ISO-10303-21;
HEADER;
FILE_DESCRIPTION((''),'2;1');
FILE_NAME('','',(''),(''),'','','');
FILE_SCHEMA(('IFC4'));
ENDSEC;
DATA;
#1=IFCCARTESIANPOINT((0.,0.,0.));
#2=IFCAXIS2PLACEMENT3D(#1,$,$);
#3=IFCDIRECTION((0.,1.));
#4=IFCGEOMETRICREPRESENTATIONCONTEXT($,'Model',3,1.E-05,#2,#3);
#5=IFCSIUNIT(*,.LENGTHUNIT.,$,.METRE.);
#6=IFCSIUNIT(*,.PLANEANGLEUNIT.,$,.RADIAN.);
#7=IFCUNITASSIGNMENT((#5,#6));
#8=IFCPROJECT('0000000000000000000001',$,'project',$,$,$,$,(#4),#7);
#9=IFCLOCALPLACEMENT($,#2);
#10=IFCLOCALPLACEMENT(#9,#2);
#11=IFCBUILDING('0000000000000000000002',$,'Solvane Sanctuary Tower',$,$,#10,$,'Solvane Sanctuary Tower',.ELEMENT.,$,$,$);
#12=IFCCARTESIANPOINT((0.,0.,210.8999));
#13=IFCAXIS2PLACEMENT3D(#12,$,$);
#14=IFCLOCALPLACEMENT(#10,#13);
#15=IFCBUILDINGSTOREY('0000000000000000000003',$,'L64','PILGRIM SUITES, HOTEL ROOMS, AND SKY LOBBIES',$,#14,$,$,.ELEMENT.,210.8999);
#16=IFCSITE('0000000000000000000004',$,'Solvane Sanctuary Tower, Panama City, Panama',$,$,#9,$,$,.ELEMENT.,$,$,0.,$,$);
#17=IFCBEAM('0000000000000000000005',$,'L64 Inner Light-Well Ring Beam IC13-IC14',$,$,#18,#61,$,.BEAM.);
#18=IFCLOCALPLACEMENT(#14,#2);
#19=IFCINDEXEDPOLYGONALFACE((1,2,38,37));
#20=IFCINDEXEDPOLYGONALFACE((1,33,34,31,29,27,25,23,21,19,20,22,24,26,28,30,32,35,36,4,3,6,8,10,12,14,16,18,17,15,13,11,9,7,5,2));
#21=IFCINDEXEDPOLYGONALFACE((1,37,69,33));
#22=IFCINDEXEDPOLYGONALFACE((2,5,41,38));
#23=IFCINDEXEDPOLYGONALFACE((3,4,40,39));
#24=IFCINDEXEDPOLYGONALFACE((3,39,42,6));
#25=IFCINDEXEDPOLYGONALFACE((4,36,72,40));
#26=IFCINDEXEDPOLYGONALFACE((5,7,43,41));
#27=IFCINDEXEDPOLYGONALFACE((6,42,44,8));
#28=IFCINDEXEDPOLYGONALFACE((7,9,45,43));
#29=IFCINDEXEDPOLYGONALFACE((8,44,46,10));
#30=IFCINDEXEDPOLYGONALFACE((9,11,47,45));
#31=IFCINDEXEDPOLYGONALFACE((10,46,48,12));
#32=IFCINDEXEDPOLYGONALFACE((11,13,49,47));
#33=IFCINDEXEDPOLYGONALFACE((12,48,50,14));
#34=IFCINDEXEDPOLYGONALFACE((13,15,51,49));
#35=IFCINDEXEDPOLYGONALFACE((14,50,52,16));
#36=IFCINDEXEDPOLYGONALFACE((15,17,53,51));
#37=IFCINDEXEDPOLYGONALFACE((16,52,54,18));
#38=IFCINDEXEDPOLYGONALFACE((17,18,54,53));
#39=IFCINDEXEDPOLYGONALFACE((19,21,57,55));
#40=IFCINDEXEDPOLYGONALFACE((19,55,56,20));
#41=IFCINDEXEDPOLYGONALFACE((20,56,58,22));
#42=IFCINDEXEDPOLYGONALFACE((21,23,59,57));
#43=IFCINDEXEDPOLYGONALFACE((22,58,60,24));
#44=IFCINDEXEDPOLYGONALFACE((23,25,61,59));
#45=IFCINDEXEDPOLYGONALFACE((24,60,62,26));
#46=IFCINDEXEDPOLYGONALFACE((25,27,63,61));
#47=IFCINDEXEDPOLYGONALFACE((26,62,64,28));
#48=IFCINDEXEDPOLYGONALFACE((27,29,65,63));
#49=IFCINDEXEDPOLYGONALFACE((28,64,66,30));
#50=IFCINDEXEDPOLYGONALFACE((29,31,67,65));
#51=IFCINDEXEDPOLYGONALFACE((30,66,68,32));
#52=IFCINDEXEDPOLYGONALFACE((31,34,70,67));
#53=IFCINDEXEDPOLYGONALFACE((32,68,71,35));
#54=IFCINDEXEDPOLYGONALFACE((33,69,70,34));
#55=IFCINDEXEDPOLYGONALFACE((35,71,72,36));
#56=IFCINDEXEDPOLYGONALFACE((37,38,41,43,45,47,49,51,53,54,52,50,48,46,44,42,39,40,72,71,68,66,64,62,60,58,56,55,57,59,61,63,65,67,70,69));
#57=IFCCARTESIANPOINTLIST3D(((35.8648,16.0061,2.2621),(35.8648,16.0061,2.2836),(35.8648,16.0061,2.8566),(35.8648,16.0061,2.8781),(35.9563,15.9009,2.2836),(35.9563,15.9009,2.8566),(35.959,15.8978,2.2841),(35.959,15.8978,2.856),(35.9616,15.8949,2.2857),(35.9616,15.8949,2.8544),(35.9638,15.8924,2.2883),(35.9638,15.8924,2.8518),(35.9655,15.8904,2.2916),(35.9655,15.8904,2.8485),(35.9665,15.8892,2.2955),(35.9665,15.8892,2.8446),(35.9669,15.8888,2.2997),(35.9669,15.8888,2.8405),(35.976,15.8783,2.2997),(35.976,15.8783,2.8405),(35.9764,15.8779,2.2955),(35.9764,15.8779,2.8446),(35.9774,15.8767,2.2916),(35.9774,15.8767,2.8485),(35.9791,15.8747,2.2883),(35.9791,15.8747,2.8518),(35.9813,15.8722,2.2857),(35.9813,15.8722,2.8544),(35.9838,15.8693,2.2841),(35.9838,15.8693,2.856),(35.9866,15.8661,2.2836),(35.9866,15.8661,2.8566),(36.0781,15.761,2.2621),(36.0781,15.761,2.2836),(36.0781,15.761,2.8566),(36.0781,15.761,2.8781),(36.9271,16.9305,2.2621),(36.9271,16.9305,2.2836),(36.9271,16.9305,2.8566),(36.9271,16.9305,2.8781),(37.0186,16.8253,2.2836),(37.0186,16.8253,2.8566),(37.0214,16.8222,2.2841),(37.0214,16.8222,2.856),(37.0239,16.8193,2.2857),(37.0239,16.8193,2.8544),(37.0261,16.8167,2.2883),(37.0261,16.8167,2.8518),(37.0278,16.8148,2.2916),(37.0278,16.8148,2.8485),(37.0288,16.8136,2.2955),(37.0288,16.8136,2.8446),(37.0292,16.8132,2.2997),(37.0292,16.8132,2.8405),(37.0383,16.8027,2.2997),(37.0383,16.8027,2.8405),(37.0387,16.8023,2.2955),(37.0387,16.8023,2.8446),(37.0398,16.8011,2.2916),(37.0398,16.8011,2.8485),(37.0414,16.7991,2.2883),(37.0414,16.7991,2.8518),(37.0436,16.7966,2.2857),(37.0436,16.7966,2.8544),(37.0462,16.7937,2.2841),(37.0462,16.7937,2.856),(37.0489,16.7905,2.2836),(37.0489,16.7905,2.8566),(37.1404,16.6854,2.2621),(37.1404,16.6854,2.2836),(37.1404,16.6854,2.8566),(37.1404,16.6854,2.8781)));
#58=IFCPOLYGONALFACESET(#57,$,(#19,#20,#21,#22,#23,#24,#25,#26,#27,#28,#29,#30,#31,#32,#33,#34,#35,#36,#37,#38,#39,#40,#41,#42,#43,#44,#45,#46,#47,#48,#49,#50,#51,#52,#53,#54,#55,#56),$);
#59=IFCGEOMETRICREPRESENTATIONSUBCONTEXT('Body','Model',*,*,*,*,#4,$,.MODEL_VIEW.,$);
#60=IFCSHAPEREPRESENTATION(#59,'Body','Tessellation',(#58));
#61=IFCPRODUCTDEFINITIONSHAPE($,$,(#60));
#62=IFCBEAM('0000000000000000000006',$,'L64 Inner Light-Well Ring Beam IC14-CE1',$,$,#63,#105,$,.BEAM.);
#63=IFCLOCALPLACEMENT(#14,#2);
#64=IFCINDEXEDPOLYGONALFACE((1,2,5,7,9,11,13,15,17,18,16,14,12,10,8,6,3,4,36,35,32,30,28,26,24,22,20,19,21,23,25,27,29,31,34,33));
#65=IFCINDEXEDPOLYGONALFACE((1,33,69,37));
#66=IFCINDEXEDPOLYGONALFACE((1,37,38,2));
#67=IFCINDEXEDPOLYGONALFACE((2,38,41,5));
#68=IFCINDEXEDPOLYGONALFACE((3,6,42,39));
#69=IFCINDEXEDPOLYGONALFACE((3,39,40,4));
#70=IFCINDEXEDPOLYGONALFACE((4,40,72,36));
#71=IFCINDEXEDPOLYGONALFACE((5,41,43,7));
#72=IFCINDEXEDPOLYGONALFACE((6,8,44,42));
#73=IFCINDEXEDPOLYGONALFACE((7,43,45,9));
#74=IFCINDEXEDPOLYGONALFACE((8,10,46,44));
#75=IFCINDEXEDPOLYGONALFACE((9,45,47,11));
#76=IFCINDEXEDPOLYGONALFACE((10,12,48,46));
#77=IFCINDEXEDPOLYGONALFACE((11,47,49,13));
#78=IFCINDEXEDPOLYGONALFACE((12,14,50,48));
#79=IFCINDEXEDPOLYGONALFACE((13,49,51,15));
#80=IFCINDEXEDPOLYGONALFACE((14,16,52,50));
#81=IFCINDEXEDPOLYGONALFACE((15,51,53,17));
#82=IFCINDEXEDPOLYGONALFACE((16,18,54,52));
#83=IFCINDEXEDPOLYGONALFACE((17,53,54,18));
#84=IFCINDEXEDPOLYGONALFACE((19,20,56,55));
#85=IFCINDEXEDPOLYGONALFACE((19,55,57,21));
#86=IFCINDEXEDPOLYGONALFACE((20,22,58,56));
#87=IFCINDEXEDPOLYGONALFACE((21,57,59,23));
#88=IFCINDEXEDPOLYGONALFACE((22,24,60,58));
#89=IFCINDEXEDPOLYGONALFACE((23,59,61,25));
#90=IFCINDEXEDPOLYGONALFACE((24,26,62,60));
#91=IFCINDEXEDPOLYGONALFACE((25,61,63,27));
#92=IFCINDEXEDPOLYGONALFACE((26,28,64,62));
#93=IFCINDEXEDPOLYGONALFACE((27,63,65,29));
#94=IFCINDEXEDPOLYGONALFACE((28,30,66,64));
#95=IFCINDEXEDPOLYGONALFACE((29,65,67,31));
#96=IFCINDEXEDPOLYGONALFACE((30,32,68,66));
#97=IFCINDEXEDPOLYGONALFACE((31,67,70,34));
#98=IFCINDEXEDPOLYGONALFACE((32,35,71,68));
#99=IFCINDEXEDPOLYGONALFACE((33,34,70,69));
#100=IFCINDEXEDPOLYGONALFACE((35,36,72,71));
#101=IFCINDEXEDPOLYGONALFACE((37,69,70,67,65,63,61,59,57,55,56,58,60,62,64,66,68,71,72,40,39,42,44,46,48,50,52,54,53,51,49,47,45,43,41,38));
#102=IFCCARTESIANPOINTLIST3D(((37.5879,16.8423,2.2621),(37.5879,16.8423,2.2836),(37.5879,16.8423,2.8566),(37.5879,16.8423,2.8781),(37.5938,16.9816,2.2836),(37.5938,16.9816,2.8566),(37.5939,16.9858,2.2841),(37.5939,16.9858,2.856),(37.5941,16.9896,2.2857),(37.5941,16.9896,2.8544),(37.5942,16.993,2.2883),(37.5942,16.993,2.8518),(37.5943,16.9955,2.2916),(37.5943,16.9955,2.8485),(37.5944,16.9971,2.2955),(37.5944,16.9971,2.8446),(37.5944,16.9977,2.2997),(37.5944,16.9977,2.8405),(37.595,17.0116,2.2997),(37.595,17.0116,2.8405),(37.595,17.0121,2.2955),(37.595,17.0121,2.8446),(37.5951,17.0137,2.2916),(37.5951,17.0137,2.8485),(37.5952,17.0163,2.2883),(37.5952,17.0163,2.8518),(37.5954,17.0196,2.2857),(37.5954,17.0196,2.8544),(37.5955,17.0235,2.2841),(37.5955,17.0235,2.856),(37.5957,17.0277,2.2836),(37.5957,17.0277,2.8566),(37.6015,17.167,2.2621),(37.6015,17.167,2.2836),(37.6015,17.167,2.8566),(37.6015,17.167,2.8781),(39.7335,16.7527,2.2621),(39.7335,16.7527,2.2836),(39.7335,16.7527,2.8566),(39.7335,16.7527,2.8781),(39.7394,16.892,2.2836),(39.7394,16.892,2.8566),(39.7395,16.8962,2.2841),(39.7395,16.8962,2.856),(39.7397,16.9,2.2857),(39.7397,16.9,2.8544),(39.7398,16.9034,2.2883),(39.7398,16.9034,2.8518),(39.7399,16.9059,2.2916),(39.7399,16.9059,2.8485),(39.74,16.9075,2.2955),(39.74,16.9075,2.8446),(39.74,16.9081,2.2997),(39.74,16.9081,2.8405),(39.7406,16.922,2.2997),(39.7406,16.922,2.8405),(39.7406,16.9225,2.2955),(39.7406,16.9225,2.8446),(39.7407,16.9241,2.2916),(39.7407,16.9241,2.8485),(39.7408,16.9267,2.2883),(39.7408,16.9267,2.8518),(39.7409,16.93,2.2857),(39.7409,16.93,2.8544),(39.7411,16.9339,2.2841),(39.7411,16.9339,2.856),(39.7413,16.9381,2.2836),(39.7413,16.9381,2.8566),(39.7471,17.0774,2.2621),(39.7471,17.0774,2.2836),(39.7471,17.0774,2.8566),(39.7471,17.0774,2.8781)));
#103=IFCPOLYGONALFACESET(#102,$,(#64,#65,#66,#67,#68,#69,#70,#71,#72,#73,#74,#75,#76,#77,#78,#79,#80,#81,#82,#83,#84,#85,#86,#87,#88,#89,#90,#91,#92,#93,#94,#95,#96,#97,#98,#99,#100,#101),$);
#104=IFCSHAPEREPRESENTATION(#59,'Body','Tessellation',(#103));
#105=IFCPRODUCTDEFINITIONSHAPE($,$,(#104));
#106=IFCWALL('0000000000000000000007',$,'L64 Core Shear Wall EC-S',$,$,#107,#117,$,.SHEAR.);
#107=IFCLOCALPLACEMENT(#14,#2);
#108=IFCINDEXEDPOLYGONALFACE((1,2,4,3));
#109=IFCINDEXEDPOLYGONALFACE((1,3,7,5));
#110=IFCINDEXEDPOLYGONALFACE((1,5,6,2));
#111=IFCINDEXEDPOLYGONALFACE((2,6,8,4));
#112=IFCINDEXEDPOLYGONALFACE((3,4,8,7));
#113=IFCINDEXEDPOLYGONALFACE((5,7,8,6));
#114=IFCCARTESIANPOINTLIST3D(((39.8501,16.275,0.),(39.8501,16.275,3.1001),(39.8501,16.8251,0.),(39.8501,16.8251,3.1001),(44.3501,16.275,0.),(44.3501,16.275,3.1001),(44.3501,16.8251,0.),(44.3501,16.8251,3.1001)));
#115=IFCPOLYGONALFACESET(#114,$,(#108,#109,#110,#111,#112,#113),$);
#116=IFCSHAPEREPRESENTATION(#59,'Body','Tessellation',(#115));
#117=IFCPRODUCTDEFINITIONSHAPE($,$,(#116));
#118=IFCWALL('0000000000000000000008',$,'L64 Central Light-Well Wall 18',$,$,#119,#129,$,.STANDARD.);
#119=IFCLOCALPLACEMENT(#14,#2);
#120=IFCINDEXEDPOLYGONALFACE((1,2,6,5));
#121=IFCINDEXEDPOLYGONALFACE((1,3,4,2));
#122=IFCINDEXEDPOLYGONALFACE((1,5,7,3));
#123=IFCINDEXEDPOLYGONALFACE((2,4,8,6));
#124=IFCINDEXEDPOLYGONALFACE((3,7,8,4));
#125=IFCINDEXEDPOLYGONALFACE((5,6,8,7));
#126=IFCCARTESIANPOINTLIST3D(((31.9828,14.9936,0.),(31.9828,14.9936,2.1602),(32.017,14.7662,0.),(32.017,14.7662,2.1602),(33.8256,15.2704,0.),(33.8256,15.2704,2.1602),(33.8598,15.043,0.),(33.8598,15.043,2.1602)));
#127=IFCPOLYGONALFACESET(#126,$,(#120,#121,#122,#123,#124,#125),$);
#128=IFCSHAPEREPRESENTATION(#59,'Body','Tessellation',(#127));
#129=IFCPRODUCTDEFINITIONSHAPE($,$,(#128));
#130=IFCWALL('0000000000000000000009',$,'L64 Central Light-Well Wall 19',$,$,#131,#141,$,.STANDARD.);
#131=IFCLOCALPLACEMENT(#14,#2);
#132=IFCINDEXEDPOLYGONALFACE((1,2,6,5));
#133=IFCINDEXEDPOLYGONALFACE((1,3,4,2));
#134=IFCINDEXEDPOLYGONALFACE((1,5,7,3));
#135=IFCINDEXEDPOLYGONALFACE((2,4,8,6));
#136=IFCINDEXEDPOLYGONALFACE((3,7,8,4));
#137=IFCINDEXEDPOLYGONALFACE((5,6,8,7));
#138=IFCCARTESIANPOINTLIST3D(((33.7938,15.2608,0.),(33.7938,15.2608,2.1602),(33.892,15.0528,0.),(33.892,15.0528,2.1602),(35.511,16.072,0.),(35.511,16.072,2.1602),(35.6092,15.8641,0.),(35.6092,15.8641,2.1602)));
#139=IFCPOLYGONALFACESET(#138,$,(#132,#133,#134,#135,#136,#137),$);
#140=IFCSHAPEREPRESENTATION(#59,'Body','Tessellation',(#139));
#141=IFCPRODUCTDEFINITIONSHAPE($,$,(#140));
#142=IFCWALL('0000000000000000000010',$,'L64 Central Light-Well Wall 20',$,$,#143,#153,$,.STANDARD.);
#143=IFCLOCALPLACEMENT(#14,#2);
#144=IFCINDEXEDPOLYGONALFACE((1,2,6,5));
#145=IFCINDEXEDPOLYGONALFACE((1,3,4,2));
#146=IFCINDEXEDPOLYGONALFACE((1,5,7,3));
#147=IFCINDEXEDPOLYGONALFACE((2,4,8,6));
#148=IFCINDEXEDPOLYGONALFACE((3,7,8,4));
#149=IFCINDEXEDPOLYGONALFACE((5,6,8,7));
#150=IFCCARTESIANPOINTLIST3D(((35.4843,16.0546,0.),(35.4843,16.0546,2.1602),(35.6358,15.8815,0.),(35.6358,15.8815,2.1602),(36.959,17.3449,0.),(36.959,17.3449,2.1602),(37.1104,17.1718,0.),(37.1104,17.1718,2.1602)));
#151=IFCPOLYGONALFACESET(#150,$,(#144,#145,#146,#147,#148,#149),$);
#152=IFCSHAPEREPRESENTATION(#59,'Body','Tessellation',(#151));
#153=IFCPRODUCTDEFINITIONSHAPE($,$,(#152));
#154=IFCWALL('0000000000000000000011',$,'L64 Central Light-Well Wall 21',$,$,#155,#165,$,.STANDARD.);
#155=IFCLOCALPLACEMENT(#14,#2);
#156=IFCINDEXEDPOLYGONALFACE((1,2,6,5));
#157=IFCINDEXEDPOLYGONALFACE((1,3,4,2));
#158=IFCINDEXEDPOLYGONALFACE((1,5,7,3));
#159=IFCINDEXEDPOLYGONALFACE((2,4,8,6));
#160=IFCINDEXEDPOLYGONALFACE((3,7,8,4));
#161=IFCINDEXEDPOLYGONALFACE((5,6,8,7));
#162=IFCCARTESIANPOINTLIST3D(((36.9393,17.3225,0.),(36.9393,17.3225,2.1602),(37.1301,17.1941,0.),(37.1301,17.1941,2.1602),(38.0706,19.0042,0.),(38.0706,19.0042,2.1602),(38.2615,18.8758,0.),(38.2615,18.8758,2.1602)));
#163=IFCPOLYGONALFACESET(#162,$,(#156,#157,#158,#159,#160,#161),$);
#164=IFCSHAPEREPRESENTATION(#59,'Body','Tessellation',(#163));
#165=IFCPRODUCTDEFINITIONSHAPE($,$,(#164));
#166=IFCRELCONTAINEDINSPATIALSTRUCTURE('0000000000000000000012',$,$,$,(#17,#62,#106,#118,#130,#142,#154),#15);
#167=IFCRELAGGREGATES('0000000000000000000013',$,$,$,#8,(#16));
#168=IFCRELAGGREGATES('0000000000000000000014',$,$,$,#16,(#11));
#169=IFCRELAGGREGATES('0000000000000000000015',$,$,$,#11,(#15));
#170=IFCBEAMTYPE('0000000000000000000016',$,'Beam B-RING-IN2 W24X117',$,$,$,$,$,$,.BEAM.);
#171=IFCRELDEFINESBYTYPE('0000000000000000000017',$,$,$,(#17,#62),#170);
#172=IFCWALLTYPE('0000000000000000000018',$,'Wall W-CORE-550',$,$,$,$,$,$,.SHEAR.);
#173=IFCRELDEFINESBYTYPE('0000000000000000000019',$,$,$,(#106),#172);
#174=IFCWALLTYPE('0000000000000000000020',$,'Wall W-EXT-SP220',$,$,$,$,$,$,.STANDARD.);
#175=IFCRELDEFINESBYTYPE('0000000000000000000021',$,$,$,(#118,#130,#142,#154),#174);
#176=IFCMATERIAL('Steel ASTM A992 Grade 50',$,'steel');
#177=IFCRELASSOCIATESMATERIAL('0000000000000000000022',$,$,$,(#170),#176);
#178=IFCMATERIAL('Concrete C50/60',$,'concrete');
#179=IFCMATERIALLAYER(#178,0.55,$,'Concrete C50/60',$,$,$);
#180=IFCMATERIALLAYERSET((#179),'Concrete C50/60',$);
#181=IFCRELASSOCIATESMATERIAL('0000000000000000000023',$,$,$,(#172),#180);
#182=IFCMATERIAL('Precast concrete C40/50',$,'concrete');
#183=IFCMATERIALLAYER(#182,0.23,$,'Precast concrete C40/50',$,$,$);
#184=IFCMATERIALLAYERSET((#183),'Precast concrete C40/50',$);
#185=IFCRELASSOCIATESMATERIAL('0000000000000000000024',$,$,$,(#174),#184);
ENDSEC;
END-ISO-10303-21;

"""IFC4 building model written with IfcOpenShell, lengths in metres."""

from ifc_helpers import new_model, si_unit, direction, frame, frame_2d, origin, origin_2d, place, context, subcontext, project, spatial, rectangle, i_section, extrude, material, layer, layer_set, material_profile, profile_set, type_object, element, save


model = new_model("IFC4")

# Units and contexts
model_context = context("Model", 3, precision=1e-05, world=origin(), true_north=direction((0.0, 1.0)))
body_context = subcontext(model_context, "Body", "Model", "MODEL_VIEW")
ifc_project = project(units=[si_unit("LENGTHUNIT", "METRE"), si_unit("PLANEANGLEUNIT", "RADIAN")], contexts=[model_context])

# Site, building, storey
site_placement = place(None, origin())
site = spatial("IfcSite", under=ifc_project, at=site_placement, Name="Solvane Sanctuary Tower, Panama City, Panama", CompositionType="ELEMENT", RefElevation=0.0)
building_placement = place(site_placement, origin())
building = spatial("IfcBuilding", under=site, at=building_placement, Name="Solvane Sanctuary Tower", LongName="Solvane Sanctuary Tower", CompositionType="ELEMENT")
storey_placement = place(building_placement, frame((0.0, 0.0, 210.8999)))
storey = spatial("IfcBuildingStorey", under=building, at=storey_placement, Name="L64", Description="PILGRIM SUITES, HOTEL ROOMS, AND SKY LOBBIES", CompositionType="ELEMENT", Elevation=210.8999)

# Shared definitions
ifc_material_1 = material(Name="Concrete C50/60", Category="concrete")

# Beams
ifc_material_2 = material(Name="Steel ASTM A992 Grade 50", Category="steel")
ifc_material_profile_1 = material_profile(ifc_material_2, i_section(OverallWidth=0.325, OverallDepth=0.616, WebThickness=0.0139, FlangeThickness=0.0215, FilletRadius=0.0161, at=origin_2d()), Name="W24X117")
ifc_profile_set_1 = profile_set([ifc_material_profile_1], Name="Steel ASTM A992 Grade 50")
beam_type_1 = type_object("IfcBeamType", Name="Beam B-RING-IN2 W24X117", PredefinedType="BEAM", material=ifc_profile_set_1)
beam_1_placement = place(storey_placement, frame((35.9714, 15.8835, 2.5701), z_axis=(0.754389, 0.656428, 0.0), x_axis=(-0.656428, 0.754389, 0.0)))
element("IfcBeam", 1, at=beam_1_placement, inside=storey, type_object=beam_type_1, Name="L64 Inner Light-Well Ring Beam IC13-IC14", PredefinedType="BEAM", context=body_context, shape_type="SweptSolid", body=[
    extrude(i_section(OverallWidth=0.325, OverallDepth=0.616, WebThickness=0.0139, FlangeThickness=0.0215, FilletRadius=0.0161, at=origin_2d()), origin(), (0.0, 0.0, 1.0), 1.4082),
])
beam_2_placement = place(storey_placement, frame((37.5947, 17.0046, 2.5701), z_axis=(0.999129, -0.041725, 0.0), x_axis=(0.041725, 0.999129, 0.0)))
element("IfcBeam", 2, at=beam_2_placement, inside=storey, type_object=beam_type_1, Name="L64 Inner Light-Well Ring Beam IC14-CE1", PredefinedType="BEAM", context=body_context, shape_type="SweptSolid", body=[
    extrude(i_section(OverallWidth=0.325, OverallDepth=0.616, WebThickness=0.0139, FlangeThickness=0.0215, FilletRadius=0.0161, at=origin_2d()), origin(), (0.0, 0.0, 1.0), 2.1475),
])

# Walls
ifc_layer_1 = layer(ifc_material_1, 0.55, Name="Concrete C50/60")
ifc_layer_set_1 = layer_set([ifc_layer_1], Name="Concrete C50/60")
wall_type_1 = type_object("IfcWallType", Name="Wall W-CORE-550", PredefinedType="SHEAR", material=ifc_layer_set_1)
wall_1_placement = place(storey_placement, frame((39.8501, 16.55, 0.0), z_axis=(0.0, 0.0, 1.0), x_axis=(1.0, 0.0, 0.0)))
element("IfcWall", 3, at=wall_1_placement, inside=storey, type_object=wall_type_1, Name="L64 Core Shear Wall EC-S", PredefinedType="SHEAR", context=body_context, shape_type="SweptSolid", body=[
    extrude(rectangle(XDim=4.5, YDim=0.55, at=frame_2d((2.25, 0.0))), origin(), (0.0, 0.0, 1.0), 3.1001),
])
ifc_material_3 = material(Name="Precast concrete C40/50", Category="concrete")
ifc_layer_2 = layer(ifc_material_3, 0.23, Name="Precast concrete C40/50")
ifc_layer_set_2 = layer_set([ifc_layer_2], Name="Precast concrete C40/50")
wall_type_2 = type_object("IfcWallType", Name="Wall W-EXT-SP220", PredefinedType="STANDARD", material=ifc_layer_set_2)
wall_2_placement = place(storey_placement, frame((32.0, 14.8799, 0.0), z_axis=(0.0, 0.0, 1.0), x_axis=(0.988902, 0.148571, 0.0)))
element("IfcWall", 4, at=wall_2_placement, inside=storey, type_object=wall_type_2, Name="L64 Central Light-Well Wall 18", PredefinedType="STANDARD", context=body_context, shape_type="SweptSolid", body=[
    extrude(rectangle(XDim=1.8635, YDim=0.23, at=frame_2d((0.9316, 0.0))), origin(), (0.0, 0.0, 1.0), 2.1602),
])
wall_3_placement = place(storey_placement, frame((33.8428, 15.1567, 0.0), z_axis=(0.0, 0.0, 1.0), x_axis=(0.90418, 0.427152, 0.0)))
element("IfcWall", 5, at=wall_3_placement, inside=storey, type_object=wall_type_2, Name="L64 Central Light-Well Wall 19", PredefinedType="STANDARD", context=body_context, shape_type="SweptSolid", body=[
    extrude(rectangle(XDim=1.8992, YDim=0.23, at=frame_2d((0.9497, 0.0))), origin(), (0.0, 0.0, 1.0), 2.1602),
])
wall_4_placement = place(storey_placement, frame((35.5601, 15.968, 0.0), z_axis=(0.0, 0.0, 1.0), x_axis=(0.752577, 0.658505, 0.0)))
element("IfcWall", 6, at=wall_4_placement, inside=storey, type_object=wall_type_2, Name="L64 Central Light-Well Wall 20", PredefinedType="STANDARD", context=body_context, shape_type="SweptSolid", body=[
    extrude(rectangle(XDim=1.9595, YDim=0.23, at=frame_2d((0.9797, 0.0))), origin(), (0.0, 0.0, 1.0), 2.1602),
])
wall_5_placement = place(storey_placement, frame((37.0347, 17.2583, 0.0), z_axis=(0.0, 0.0, 1.0), x_axis=(0.558198, 0.829708, 0.0)))
element("IfcWall", 7, at=wall_5_placement, inside=storey, type_object=wall_type_2, Name="L64 Central Light-Well Wall 21", PredefinedType="STANDARD", context=body_context, shape_type="SweptSolid", body=[
    extrude(rectangle(XDim=2.0269, YDim=0.23, at=frame_2d((1.0134, 0.0))), origin(), (0.0, 0.0, 1.0), 2.1602),
])

save(model, "model.ifc")
